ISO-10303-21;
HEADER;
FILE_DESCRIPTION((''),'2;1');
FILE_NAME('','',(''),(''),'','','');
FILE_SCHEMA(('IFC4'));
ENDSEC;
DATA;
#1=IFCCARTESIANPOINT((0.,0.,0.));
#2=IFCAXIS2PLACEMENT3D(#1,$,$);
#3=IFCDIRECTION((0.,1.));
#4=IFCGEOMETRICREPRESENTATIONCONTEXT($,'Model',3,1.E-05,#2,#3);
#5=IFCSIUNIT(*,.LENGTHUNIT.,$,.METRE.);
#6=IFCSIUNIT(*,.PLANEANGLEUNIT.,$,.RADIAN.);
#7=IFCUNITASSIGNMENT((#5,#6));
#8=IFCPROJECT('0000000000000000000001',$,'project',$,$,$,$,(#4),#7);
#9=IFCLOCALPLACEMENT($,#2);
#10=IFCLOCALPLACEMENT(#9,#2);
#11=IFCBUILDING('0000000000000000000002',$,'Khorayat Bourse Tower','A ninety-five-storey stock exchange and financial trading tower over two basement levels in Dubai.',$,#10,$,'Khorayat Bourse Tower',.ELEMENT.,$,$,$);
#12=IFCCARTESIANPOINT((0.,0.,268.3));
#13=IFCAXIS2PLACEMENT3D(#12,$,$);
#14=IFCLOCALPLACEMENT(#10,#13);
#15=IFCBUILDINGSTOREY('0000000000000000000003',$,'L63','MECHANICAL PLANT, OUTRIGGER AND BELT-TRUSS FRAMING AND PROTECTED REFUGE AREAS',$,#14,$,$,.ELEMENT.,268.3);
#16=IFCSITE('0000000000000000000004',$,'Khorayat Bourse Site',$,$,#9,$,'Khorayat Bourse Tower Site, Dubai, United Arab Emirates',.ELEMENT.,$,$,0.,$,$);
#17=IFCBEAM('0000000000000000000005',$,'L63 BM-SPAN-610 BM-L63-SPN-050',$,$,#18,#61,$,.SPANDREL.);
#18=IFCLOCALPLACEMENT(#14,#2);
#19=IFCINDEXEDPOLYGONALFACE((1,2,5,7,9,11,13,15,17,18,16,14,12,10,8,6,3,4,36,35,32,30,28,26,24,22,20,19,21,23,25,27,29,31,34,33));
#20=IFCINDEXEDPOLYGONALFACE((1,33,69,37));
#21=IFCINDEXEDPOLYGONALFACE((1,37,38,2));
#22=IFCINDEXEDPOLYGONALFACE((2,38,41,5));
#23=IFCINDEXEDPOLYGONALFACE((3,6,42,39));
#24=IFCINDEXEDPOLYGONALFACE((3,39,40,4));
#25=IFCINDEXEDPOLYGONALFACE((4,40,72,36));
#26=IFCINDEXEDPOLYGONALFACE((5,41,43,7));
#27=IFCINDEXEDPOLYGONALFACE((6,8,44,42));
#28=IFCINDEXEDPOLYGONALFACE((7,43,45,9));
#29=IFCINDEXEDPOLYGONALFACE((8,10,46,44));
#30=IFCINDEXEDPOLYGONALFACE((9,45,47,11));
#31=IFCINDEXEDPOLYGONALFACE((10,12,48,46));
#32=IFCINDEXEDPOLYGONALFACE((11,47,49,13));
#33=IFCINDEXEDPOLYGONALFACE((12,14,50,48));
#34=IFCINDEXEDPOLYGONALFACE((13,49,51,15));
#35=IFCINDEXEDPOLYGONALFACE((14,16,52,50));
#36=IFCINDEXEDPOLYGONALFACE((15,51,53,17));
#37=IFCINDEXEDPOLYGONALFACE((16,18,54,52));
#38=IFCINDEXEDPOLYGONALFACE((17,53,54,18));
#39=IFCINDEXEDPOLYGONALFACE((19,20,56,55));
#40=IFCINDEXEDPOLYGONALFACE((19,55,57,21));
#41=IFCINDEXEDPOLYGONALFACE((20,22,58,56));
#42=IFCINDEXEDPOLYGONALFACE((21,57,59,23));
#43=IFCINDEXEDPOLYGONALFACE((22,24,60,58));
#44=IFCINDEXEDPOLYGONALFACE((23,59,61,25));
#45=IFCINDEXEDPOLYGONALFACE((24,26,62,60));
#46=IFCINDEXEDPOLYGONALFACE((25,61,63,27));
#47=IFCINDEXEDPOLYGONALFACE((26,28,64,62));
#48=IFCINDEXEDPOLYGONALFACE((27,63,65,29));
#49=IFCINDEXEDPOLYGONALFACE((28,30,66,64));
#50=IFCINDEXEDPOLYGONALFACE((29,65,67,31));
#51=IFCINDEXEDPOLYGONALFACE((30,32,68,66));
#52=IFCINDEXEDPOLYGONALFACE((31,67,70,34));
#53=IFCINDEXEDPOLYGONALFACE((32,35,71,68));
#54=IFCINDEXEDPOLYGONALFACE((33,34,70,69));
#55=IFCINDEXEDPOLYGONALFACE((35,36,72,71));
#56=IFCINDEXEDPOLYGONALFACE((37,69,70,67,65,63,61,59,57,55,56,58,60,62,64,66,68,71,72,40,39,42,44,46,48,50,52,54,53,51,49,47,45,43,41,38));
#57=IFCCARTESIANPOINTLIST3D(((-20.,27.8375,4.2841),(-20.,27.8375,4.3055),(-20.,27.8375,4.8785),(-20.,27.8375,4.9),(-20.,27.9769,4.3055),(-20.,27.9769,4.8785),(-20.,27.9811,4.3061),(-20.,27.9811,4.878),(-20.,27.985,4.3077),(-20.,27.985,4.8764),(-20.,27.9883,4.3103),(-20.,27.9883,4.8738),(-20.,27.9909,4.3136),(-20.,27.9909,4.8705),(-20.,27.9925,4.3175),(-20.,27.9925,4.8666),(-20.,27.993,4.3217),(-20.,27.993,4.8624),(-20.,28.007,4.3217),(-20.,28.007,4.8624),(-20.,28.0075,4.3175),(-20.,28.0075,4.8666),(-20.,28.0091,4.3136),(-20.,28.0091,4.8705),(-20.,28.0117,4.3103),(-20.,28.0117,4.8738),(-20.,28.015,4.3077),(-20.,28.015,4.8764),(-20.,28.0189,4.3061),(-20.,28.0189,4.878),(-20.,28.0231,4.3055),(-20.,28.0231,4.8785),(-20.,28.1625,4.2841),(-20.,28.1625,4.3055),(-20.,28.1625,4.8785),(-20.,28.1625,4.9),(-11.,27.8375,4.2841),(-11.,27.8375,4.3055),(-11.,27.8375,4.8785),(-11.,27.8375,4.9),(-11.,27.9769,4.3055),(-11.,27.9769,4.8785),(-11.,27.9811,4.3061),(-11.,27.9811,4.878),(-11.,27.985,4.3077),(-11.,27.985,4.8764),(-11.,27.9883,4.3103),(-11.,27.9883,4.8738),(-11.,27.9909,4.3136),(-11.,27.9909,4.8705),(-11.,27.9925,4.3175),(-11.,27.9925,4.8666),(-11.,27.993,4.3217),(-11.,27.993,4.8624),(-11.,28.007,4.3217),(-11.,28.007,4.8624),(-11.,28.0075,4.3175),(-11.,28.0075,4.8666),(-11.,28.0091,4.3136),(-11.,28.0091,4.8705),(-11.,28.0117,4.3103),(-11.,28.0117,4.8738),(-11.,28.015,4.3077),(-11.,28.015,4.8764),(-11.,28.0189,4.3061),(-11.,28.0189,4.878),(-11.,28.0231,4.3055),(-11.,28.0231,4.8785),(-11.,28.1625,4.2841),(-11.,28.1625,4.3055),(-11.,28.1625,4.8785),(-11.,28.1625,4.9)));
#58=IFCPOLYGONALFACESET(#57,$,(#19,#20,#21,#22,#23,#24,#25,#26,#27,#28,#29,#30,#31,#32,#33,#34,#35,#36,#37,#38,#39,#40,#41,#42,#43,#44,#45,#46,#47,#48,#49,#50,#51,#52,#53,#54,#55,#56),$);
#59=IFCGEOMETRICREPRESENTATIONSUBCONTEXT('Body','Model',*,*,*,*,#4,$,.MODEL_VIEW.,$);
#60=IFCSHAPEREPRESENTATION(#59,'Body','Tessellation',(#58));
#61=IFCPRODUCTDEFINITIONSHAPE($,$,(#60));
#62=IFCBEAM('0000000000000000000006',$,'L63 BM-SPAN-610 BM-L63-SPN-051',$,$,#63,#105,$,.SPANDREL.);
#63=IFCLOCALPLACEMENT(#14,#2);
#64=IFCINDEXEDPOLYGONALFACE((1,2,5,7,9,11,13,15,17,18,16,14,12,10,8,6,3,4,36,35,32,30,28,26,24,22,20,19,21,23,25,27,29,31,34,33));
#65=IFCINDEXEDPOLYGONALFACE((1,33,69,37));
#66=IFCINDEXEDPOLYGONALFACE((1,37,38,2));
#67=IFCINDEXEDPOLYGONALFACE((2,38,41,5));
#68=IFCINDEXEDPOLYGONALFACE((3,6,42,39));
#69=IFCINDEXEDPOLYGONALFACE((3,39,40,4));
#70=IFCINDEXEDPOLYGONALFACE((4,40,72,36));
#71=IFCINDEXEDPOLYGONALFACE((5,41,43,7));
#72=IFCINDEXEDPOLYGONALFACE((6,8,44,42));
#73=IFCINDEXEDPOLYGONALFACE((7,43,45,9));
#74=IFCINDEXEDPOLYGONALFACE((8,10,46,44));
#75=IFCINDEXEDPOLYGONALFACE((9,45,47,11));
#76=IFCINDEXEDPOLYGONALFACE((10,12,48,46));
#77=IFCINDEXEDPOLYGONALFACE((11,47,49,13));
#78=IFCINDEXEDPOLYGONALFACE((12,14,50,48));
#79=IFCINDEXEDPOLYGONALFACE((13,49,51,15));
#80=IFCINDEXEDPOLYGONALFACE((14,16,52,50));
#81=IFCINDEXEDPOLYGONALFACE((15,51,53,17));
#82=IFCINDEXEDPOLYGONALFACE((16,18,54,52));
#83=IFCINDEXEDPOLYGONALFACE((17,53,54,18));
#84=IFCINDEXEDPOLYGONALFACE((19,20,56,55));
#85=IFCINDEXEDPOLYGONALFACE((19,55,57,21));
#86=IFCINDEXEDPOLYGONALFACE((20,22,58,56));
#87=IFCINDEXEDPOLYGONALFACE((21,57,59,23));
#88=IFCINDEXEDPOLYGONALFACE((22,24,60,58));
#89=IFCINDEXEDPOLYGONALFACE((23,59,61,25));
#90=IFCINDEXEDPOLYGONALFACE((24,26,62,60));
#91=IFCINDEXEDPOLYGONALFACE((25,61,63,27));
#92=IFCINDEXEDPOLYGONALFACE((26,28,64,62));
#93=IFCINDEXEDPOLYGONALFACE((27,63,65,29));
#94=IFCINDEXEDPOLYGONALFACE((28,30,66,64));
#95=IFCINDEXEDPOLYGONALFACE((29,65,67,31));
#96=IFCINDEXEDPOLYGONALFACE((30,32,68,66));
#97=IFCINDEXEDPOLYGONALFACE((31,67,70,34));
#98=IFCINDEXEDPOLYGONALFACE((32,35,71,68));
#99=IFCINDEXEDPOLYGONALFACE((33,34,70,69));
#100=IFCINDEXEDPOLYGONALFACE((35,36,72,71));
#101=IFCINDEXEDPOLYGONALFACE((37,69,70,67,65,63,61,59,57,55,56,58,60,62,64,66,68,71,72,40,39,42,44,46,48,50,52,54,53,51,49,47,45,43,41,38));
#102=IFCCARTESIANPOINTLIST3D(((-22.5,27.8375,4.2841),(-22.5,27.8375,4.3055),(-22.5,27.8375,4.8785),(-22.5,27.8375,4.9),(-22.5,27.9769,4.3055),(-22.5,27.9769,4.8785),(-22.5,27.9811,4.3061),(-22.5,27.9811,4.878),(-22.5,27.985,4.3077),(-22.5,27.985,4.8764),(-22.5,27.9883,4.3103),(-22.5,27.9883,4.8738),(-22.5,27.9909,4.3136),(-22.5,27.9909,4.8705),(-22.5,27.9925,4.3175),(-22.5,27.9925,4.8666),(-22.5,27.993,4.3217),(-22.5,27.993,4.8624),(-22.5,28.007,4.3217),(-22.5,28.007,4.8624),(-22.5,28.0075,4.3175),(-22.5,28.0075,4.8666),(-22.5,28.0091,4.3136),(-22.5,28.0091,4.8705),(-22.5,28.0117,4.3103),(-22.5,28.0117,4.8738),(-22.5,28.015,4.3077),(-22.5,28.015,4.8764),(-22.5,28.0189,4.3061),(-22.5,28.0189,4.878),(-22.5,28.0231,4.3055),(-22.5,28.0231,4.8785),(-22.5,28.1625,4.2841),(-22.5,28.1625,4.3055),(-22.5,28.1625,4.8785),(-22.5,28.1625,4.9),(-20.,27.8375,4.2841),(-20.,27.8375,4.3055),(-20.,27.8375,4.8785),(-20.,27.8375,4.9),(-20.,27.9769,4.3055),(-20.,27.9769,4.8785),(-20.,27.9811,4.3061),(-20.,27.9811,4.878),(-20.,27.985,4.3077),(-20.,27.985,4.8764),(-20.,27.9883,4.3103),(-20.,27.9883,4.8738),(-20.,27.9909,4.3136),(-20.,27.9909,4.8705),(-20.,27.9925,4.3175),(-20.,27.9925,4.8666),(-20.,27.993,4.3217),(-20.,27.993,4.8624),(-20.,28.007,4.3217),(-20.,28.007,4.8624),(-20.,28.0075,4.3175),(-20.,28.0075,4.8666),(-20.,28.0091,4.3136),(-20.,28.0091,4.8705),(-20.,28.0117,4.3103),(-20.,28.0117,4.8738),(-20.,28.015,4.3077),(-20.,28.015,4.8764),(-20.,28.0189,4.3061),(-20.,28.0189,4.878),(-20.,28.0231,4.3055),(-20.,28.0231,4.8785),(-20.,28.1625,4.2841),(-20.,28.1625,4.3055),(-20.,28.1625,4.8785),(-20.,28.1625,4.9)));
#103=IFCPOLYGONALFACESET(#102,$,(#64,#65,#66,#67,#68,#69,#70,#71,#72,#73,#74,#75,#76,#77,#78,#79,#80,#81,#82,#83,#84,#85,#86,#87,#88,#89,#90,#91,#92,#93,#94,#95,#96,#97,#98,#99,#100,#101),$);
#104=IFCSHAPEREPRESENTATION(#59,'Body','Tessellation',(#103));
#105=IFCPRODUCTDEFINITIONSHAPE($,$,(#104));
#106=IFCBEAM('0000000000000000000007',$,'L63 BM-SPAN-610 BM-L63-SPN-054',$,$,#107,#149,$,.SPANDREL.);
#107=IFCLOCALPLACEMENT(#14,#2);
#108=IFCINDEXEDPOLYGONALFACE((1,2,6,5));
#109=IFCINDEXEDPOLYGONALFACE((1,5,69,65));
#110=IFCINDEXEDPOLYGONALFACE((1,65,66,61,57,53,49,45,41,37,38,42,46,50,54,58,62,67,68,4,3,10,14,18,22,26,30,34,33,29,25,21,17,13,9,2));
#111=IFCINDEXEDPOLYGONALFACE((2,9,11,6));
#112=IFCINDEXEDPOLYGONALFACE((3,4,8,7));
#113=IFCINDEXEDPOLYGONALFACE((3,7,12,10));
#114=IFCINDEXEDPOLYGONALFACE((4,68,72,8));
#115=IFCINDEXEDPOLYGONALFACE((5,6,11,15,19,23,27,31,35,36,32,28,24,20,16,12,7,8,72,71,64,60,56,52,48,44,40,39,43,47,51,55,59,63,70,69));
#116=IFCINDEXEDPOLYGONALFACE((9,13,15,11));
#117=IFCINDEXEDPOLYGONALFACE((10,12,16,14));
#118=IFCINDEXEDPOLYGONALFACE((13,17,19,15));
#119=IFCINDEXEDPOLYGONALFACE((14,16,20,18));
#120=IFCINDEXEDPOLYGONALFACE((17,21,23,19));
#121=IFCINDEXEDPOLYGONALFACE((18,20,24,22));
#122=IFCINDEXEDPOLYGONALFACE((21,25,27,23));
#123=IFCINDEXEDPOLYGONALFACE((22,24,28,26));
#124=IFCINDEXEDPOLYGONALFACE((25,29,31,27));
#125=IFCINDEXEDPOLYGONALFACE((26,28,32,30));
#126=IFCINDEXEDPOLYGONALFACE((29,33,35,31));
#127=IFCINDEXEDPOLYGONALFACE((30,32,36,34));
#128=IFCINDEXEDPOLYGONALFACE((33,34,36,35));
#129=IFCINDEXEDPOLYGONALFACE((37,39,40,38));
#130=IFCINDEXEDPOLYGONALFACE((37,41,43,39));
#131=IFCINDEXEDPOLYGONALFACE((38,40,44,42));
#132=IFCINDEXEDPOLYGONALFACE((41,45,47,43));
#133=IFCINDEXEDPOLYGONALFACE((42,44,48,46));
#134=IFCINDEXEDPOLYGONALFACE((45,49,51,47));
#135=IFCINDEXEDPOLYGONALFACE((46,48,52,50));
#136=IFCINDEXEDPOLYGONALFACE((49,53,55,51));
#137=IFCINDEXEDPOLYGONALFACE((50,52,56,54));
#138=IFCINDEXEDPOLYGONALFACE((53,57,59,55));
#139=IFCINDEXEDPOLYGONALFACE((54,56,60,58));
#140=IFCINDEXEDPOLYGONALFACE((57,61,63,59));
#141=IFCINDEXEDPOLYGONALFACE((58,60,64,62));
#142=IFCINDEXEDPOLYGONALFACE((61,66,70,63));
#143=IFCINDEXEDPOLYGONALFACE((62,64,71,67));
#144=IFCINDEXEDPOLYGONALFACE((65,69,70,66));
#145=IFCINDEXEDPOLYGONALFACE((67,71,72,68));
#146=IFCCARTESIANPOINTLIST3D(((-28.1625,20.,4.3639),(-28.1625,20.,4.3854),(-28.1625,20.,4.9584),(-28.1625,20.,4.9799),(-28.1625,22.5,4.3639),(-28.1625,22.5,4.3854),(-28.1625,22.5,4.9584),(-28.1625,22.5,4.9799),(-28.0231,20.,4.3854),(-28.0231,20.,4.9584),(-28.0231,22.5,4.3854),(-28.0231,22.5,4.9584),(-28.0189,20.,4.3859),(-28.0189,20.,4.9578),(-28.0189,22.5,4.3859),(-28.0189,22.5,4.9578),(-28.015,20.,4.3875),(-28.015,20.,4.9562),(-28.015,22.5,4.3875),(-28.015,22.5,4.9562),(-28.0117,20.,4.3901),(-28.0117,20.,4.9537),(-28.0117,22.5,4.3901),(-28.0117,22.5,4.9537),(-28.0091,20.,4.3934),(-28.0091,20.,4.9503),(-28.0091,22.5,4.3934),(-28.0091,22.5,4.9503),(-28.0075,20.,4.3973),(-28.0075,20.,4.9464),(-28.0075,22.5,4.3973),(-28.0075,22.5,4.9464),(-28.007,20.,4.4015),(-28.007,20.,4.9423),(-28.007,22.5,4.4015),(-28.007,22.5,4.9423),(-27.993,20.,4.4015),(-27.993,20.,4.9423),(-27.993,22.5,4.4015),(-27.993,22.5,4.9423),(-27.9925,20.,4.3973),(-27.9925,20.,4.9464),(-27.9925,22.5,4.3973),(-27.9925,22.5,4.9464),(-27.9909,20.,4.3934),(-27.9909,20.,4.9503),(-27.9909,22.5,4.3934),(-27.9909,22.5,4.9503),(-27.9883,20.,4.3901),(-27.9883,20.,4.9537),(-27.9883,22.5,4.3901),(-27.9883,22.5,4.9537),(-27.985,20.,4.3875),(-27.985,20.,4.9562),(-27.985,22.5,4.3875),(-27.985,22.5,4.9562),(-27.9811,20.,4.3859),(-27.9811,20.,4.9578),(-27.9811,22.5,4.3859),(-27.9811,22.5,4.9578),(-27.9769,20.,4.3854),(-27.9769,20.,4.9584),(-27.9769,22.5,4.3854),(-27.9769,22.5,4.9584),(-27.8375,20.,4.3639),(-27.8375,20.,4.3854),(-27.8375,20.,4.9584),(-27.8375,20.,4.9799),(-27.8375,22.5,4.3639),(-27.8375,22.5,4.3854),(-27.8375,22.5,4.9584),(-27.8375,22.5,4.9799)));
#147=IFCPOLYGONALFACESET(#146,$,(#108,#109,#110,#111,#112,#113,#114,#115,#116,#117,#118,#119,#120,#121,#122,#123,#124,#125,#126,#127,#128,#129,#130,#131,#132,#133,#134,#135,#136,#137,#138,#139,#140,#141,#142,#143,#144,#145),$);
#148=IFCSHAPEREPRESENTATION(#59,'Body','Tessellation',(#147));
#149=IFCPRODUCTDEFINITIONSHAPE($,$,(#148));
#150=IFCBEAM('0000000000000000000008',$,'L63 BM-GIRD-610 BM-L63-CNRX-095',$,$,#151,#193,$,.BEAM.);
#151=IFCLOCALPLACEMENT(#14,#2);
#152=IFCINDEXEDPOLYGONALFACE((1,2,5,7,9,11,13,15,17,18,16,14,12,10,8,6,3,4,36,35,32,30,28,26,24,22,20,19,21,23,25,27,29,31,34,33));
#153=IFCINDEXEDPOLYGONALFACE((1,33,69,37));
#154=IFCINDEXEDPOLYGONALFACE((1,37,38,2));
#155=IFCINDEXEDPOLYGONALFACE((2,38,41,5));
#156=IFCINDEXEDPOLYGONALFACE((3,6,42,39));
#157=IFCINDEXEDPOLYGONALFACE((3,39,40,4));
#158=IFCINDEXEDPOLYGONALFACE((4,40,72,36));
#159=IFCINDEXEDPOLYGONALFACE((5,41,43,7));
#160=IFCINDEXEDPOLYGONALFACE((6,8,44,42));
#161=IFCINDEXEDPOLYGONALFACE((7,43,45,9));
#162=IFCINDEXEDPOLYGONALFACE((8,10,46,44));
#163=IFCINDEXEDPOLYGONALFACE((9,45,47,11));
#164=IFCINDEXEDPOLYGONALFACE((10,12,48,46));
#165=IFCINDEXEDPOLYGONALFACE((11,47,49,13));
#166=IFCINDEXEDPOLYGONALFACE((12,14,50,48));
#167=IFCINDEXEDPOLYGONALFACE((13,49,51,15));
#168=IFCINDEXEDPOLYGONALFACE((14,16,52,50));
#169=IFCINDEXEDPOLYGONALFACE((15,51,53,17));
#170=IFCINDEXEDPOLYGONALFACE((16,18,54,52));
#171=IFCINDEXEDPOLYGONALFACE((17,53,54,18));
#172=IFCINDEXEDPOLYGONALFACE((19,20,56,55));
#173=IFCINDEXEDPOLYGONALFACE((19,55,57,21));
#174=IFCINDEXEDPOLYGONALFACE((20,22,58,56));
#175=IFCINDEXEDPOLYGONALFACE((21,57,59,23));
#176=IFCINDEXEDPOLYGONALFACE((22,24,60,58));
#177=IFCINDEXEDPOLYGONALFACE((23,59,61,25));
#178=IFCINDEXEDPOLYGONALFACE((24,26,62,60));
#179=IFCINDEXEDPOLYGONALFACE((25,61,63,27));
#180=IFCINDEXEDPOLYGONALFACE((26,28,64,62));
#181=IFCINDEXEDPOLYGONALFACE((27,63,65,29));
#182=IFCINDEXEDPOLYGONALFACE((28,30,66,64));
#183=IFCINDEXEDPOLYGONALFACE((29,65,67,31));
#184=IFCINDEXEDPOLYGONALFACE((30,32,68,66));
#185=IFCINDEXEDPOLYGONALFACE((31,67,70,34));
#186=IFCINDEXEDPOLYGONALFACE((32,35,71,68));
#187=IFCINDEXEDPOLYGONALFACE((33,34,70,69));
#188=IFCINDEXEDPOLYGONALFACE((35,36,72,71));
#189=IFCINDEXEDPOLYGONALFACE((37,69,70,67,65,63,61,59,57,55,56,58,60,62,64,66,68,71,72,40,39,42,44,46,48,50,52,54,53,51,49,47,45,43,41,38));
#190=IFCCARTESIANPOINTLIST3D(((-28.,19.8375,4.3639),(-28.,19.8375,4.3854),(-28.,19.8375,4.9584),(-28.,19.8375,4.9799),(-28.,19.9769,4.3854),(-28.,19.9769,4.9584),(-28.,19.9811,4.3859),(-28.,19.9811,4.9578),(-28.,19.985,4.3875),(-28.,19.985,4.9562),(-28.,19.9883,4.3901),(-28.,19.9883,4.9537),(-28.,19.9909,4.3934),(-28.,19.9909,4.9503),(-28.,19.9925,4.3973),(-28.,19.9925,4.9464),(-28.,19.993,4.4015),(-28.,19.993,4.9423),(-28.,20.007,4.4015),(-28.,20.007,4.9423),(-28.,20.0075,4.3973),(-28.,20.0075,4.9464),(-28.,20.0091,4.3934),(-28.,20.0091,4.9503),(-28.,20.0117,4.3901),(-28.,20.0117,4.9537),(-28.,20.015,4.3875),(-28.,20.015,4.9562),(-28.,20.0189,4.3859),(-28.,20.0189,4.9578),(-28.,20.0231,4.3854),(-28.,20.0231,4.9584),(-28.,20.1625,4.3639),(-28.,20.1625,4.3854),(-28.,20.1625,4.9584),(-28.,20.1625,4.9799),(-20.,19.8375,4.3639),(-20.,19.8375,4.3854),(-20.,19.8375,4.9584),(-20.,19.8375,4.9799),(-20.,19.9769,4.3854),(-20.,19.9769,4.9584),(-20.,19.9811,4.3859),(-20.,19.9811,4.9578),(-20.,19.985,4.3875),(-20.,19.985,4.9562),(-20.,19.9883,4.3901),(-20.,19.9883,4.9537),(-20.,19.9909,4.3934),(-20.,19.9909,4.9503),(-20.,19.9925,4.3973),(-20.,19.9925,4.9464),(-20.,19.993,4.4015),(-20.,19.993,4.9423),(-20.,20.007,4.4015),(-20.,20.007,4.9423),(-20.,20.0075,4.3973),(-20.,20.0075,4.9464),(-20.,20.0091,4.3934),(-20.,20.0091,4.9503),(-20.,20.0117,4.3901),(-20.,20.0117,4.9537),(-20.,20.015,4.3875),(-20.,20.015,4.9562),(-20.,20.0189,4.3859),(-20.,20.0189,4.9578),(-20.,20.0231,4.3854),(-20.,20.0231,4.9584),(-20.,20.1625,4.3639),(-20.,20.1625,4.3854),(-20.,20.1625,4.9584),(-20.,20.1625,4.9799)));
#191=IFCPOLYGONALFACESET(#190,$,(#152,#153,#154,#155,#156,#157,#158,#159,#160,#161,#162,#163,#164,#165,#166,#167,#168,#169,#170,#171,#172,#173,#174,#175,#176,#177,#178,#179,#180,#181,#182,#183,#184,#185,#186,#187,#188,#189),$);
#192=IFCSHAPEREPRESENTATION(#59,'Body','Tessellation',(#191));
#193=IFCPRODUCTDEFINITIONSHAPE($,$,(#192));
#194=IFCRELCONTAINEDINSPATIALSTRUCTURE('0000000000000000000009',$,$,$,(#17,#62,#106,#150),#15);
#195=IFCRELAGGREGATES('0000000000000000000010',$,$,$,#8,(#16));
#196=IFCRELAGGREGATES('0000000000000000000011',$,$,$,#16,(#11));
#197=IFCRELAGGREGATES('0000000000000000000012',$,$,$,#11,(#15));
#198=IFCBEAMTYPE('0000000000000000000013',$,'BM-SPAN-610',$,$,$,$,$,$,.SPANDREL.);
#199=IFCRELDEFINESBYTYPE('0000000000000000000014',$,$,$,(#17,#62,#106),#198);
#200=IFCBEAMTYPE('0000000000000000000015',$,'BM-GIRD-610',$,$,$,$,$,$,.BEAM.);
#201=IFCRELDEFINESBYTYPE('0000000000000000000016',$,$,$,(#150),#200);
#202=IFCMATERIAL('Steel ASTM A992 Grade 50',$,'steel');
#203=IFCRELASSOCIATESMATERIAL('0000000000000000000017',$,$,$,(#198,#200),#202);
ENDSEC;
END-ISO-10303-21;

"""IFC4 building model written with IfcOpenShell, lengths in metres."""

from ifc_helpers import new_model, si_unit, direction, frame, origin, origin_2d, place, context, subcontext, project, spatial, i_section, extrude, source, transform, mapped, material, material_profile, profile_set, type_object, element, save


model = new_model("IFC4")

# Units and contexts
model_context = context("Model", 3, precision=1e-05, world=origin(), true_north=direction((0.0, 1.0)))
body_context = subcontext(model_context, "Body", "Model", "MODEL_VIEW")
ifc_project = project(units=[si_unit("LENGTHUNIT", "METRE"), si_unit("PLANEANGLEUNIT", "RADIAN")], contexts=[model_context])

# Site, building, storey
site_placement = place(None, origin())
site = spatial("IfcSite", under=ifc_project, at=site_placement, Name="Khorayat Bourse Site", LongName="Khorayat Bourse Tower Site, Dubai, United Arab Emirates", CompositionType="ELEMENT", RefElevation=0.0)
building_placement = place(site_placement, origin())
building = spatial("IfcBuilding", under=site, at=building_placement, Name="Khorayat Bourse Tower", Description="A ninety-five-storey stock exchange and financial trading tower over two basement levels in Dubai.", LongName="Khorayat Bourse Tower", CompositionType="ELEMENT")
storey_placement = place(building_placement, frame((0.0, 0.0, 268.3)))
storey = spatial("IfcBuildingStorey", under=building, at=storey_placement, Name="L63", Description="MECHANICAL PLANT, OUTRIGGER AND BELT-TRUSS FRAMING AND PROTECTED REFUGE AREAS", CompositionType="ELEMENT", Elevation=268.3)

# Beams
ifc_material_1 = material(Name="Steel ASTM A992 Grade 50", Category="steel")
ifc_material_profile_1 = material_profile(ifc_material_1, i_section(OverallWidth=0.325, OverallDepth=0.616, WebThickness=0.0139, FlangeThickness=0.0215, FilletRadius=0.0161, at=origin_2d()), Name="W610X174")
ifc_profile_set_1 = profile_set([ifc_material_profile_1], Name="Steel ASTM A992 Grade 50")
beam_type_1 = type_object("IfcBeamType", Name="BM-SPAN-610", PredefinedType="SPANDREL", material=ifc_profile_set_1)
shared_shape_1 = source(origin(), body_context, "Body", "SweptSolid", [
    extrude(i_section(OverallWidth=0.325, OverallDepth=0.616, WebThickness=0.0139, FlangeThickness=0.0215, FilletRadius=0.0161, at=origin_2d()), origin(), (0.0, 0.0, 1.0), 9.0),
])
beam_1_placement = place(storey_placement, frame((-20.0, 28.0, 4.592), z_axis=(1.0, 0.0, 0.0), x_axis=(0.0, 1.0, 0.0)))
element("IfcBeam", 1, at=beam_1_placement, inside=storey, type_object=beam_type_1, Name="L63 BM-SPAN-610 BM-L63-SPN-050", PredefinedType="SPANDREL", context=body_context, shape_type="MappedRepresentation", body=[
    mapped(shared_shape_1, transform((0.0, 0.0, 0.0), scale=1.0)),
])
shared_shape_2 = source(origin(), body_context, "Body", "SweptSolid", [
    extrude(i_section(OverallWidth=0.325, OverallDepth=0.616, WebThickness=0.0139, FlangeThickness=0.0215, FilletRadius=0.0161, at=origin_2d()), origin(), (0.0, 0.0, 1.0), 2.5),
])
for number, where, z_axis, x_axis, name in (
    (2, (-22.5, 28.0, 4.592), (1.0, 0.0, 0.0), (0.0, 1.0, 0.0), "L63 BM-SPAN-610 BM-L63-SPN-051"),
    (3, (-28.0, 20.0, 4.6719), (0.0, 1.0, 0.0), (-1.0, 0.0, 0.0), "L63 BM-SPAN-610 BM-L63-SPN-054"),
):
    element("IfcBeam", number, at=place(storey_placement, frame(where, z_axis=z_axis, x_axis=x_axis)), inside=storey, type_object=beam_type_1, Name=name, PredefinedType="SPANDREL", context=body_context, shape_type="MappedRepresentation", body=[
        mapped(shared_shape_2, transform((0.0, 0.0, 0.0), scale=1.0)),
    ])
ifc_material_profile_2 = material_profile(ifc_material_1, i_section(OverallWidth=0.325, OverallDepth=0.616, WebThickness=0.0139, FlangeThickness=0.0215, FilletRadius=0.0161, at=origin_2d()), Name="W610X174")
ifc_profile_set_2 = profile_set([ifc_material_profile_2], Name="Steel ASTM A992 Grade 50")
beam_type_2 = type_object("IfcBeamType", Name="BM-GIRD-610", PredefinedType="BEAM", material=ifc_profile_set_2)
shared_shape_3 = source(origin(), body_context, "Body", "SweptSolid", [
    extrude(i_section(OverallWidth=0.325, OverallDepth=0.616, WebThickness=0.0139, FlangeThickness=0.0215, FilletRadius=0.0161, at=origin_2d()), origin(), (0.0, 0.0, 1.0), 8.0),
])
beam_2_placement = place(storey_placement, frame((-28.0, 20.0, 4.6719), z_axis=(1.0, 0.0, 0.0), x_axis=(0.0, 1.0, 0.0)))
element("IfcBeam", 4, at=beam_2_placement, inside=storey, type_object=beam_type_2, Name="L63 BM-GIRD-610 BM-L63-CNRX-095", PredefinedType="BEAM", context=body_context, shape_type="MappedRepresentation", body=[
    mapped(shared_shape_3, transform((0.0, 0.0, 0.0), scale=1.0)),
])

save(model, "model.ifc")
